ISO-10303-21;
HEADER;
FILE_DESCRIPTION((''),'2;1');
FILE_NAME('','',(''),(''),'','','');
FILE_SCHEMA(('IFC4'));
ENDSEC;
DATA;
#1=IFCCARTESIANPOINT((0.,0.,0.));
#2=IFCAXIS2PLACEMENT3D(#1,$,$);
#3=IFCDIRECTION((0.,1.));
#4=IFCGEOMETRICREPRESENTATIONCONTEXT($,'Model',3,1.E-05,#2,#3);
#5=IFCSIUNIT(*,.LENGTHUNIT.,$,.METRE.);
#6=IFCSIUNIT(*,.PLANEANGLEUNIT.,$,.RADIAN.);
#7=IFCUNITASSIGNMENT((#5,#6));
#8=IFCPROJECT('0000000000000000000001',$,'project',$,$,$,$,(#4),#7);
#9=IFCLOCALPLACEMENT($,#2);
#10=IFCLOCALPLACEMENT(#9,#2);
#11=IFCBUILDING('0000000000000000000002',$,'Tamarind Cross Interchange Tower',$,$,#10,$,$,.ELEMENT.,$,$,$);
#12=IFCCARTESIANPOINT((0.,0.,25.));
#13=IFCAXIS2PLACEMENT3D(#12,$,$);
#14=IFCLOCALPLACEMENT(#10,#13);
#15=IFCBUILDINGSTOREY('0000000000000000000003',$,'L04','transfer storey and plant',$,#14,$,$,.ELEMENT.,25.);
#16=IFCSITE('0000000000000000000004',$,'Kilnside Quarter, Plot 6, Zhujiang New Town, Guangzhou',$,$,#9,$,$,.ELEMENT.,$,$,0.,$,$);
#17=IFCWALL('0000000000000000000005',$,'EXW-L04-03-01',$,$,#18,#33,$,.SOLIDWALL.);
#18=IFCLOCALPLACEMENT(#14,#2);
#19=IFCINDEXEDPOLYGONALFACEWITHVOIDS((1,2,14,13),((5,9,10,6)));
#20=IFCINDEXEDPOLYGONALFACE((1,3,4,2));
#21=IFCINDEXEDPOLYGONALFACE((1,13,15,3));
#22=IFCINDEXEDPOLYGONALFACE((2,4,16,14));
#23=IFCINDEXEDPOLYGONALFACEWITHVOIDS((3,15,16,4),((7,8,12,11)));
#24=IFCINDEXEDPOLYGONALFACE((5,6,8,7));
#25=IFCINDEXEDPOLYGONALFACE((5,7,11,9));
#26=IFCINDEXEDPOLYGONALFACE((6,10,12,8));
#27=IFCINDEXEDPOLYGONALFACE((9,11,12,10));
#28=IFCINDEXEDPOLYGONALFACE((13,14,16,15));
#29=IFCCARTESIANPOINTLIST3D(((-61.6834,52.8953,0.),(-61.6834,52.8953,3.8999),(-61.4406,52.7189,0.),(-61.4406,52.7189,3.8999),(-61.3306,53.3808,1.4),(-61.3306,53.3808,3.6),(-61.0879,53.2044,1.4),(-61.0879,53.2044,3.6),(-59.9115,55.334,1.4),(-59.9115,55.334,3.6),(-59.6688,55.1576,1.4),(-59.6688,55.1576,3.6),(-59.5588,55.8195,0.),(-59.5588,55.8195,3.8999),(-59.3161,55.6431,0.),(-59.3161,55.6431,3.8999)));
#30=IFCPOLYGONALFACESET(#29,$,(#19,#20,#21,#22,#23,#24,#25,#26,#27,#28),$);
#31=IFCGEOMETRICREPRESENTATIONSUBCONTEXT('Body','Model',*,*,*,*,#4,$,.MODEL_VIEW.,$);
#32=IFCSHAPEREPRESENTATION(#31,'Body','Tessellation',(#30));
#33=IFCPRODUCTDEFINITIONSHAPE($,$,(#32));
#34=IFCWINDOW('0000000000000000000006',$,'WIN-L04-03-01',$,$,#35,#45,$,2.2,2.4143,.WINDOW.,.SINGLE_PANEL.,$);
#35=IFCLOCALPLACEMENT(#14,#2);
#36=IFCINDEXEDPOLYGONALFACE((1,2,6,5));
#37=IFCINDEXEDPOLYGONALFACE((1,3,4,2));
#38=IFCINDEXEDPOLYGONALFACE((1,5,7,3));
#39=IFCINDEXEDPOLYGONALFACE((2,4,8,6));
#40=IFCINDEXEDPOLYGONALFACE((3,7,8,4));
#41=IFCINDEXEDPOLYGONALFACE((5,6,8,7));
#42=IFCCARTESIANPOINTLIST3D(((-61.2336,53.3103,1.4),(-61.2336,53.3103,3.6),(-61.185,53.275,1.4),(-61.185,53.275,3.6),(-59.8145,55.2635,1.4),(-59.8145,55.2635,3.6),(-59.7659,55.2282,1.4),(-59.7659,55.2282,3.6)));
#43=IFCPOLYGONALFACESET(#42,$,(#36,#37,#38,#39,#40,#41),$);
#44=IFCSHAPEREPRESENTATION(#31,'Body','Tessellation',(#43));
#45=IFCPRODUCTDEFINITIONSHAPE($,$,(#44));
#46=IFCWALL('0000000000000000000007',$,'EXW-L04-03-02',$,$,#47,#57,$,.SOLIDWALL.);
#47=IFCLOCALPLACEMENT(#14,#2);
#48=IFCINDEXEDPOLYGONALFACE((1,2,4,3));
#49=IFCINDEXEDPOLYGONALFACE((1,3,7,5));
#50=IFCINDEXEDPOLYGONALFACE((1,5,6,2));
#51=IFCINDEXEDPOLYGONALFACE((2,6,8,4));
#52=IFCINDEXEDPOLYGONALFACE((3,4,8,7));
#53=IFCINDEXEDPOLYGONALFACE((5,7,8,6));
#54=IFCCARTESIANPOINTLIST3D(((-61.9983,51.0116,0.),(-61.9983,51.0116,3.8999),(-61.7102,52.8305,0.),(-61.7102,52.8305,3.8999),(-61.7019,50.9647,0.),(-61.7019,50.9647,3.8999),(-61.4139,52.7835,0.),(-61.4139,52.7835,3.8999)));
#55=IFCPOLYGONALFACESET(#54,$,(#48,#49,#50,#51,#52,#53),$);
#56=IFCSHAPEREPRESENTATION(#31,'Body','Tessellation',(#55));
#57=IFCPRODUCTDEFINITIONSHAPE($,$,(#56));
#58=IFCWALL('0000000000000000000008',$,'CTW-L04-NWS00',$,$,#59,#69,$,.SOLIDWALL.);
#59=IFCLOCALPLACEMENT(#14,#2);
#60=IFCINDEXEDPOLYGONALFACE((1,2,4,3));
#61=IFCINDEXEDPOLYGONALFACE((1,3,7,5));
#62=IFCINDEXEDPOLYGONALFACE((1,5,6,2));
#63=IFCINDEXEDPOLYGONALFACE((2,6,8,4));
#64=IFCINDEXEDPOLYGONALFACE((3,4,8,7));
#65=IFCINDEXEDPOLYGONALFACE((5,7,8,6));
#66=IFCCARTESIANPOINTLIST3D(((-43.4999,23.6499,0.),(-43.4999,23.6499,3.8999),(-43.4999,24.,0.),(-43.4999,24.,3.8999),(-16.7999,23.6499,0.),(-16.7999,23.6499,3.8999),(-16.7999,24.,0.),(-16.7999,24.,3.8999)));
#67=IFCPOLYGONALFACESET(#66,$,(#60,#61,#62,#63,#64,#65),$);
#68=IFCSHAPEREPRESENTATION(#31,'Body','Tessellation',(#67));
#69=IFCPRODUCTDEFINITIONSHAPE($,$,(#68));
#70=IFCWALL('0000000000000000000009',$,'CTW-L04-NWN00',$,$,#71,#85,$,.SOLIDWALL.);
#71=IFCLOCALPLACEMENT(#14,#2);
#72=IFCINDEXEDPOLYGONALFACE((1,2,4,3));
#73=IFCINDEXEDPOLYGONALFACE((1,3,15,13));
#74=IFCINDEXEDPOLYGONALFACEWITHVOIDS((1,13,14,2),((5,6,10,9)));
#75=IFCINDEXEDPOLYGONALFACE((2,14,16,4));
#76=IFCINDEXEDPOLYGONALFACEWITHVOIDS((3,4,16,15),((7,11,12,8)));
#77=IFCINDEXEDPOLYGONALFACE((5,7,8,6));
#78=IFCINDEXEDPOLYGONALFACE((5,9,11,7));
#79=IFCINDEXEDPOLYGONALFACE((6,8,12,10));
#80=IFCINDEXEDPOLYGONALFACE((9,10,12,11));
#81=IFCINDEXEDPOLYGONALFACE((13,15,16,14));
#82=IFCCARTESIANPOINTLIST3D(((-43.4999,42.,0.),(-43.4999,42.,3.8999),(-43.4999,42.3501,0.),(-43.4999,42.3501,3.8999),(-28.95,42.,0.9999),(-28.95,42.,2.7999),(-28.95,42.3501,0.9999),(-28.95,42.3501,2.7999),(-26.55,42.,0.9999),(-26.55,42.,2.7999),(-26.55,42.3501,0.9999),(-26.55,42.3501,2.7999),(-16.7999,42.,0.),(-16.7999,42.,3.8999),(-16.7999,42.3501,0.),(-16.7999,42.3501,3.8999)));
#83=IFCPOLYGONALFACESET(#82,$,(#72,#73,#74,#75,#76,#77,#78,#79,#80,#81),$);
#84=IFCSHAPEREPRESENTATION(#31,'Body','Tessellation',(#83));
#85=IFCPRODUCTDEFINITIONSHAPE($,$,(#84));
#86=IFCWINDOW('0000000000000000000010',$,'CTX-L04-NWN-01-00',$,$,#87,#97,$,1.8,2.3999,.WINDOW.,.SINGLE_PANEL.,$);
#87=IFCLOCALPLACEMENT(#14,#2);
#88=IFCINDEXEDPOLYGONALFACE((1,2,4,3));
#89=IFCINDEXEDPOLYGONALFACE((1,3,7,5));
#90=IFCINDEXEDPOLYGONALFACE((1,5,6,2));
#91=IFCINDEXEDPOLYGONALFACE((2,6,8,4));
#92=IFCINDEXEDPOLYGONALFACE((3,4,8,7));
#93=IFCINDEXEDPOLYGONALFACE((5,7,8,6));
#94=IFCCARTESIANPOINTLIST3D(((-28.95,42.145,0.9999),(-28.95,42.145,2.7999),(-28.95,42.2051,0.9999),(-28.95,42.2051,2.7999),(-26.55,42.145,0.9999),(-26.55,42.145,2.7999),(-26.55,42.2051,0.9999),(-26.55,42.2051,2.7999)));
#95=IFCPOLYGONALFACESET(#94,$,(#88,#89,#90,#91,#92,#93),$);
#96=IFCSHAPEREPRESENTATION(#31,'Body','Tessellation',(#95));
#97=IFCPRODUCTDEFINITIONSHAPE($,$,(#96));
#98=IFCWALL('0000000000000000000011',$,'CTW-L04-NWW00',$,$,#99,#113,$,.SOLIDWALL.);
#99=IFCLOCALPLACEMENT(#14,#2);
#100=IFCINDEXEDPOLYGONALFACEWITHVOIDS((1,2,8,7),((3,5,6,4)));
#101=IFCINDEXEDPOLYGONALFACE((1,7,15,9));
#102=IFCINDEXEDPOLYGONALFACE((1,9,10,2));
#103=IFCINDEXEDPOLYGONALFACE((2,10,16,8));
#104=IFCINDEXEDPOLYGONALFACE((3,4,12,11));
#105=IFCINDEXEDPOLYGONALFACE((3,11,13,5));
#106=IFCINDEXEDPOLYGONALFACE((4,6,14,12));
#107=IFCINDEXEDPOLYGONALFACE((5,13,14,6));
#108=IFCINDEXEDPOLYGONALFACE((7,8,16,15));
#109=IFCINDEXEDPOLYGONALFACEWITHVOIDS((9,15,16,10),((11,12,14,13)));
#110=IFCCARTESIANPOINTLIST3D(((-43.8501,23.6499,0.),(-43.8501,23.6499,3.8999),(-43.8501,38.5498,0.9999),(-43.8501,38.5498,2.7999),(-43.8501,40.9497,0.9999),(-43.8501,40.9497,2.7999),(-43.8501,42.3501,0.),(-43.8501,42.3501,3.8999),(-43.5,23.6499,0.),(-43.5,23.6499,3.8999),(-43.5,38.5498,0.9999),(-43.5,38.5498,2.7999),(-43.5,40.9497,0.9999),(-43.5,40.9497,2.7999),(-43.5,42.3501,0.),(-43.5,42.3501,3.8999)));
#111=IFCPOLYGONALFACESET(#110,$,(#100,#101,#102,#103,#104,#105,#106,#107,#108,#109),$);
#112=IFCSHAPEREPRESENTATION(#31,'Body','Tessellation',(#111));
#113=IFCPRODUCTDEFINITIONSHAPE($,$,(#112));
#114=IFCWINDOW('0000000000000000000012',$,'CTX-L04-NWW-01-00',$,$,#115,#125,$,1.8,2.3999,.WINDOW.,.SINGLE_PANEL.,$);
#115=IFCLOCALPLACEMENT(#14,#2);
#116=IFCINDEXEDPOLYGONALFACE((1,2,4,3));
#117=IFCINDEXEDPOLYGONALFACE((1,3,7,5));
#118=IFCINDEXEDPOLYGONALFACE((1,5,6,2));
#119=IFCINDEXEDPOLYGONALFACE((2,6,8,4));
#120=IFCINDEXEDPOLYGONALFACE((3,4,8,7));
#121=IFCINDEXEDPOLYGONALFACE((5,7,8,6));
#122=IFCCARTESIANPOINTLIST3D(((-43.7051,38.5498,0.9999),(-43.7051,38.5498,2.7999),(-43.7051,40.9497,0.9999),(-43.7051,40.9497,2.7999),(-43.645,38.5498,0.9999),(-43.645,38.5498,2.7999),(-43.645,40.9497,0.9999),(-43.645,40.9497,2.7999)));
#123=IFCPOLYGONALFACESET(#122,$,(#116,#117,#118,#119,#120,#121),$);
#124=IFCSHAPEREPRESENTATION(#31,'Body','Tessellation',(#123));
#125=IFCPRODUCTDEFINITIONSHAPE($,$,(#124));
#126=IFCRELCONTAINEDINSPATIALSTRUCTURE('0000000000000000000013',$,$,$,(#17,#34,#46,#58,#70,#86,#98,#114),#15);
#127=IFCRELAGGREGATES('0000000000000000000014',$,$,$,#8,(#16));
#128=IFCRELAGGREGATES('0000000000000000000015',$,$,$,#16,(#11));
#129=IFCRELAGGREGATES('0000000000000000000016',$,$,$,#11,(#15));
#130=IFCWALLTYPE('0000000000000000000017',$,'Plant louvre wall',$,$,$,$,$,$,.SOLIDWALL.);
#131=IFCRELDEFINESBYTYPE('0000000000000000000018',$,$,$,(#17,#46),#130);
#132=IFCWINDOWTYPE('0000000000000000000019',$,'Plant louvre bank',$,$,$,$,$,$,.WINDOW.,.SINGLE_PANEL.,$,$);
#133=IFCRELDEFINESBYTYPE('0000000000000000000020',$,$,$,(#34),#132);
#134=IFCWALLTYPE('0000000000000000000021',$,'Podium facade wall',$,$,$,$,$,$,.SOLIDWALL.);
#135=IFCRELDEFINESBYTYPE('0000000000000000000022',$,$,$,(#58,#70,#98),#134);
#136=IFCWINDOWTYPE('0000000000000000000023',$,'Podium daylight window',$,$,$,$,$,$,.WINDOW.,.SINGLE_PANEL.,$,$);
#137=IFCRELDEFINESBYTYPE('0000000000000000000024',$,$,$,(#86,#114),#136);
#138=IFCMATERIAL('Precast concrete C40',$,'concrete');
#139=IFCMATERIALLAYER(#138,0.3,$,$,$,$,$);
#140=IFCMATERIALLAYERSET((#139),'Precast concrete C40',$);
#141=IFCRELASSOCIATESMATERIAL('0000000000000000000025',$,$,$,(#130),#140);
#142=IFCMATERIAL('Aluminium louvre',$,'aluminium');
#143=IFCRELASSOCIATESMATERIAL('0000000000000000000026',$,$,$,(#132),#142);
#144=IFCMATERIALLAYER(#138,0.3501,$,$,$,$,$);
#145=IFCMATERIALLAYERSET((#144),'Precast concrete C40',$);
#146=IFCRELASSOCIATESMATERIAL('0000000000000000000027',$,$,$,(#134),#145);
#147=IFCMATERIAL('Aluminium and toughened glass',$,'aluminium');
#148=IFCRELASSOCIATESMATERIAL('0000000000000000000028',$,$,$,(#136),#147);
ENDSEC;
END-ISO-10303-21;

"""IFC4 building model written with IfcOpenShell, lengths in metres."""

from ifc_helpers import new_model, si_unit, direction, frame, frame_2d, origin, place, context, subcontext, project, spatial, rectangle, extrude, material, layer, layer_set, type_object, element, fill, save


model = new_model("IFC4")

# Units and contexts
model_context = context("Model", 3, precision=1e-05, world=origin(), true_north=direction((0.0, 1.0)))
body_context = subcontext(model_context, "Body", "Model", "MODEL_VIEW")
ifc_project = project(units=[si_unit("LENGTHUNIT", "METRE"), si_unit("PLANEANGLEUNIT", "RADIAN")], contexts=[model_context])

# Site, building, storey
site_placement = place(None, origin())
site = spatial("IfcSite", under=ifc_project, at=site_placement, Name="Kilnside Quarter, Plot 6, Zhujiang New Town, Guangzhou", CompositionType="ELEMENT", RefElevation=0.0)
building_placement = place(site_placement, origin())
building = spatial("IfcBuilding", under=site, at=building_placement, Name="Tamarind Cross Interchange Tower", CompositionType="ELEMENT")
storey_placement = place(building_placement, frame((0.0, 0.0, 25.0)))
storey = spatial("IfcBuildingStorey", under=building, at=storey_placement, Name="L04", Description="transfer storey and plant", CompositionType="ELEMENT", Elevation=25.0)

# Shared definitions
ifc_material_1 = material(Name="Precast concrete C40", Category="concrete")
ifc_layer_1 = layer(ifc_material_1, 0.3)
ifc_layer_set_1 = layer_set([ifc_layer_1], Name="Precast concrete C40")
wall_type_1 = type_object("IfcWallType", Name="Plant louvre wall", PredefinedType="SOLIDWALL", material=ifc_layer_set_1)

# Wall, opening, window
wall_1_placement = place(storey_placement, frame((-59.4375, 55.7312, 0.0), z_axis=(0.0, 0.0, 1.0), x_axis=(-0.587794, -0.809011, 0.0)))
wall_1 = element("IfcWall", 1, at=wall_1_placement, inside=storey, type_object=wall_type_1, Name="EXW-L04-03-01", PredefinedType="SOLIDWALL", context=body_context, shape_type="SweptSolid", body=[
    extrude(rectangle(XDim=3.6145, YDim=0.3, at=frame_2d((1.8071, 0.0))), origin(), (0.0, 0.0, 1.0), 3.8999),
])
opening_1_placement = place(wall_1_placement, frame((0.6001, 0.0, 1.3999)))
opening_1 = element("IfcOpeningElement", 2, at=opening_1_placement, cuts=wall_1, PredefinedType="OPENING", context=body_context, shape_type="SweptSolid", body=[
    extrude(rectangle(XDim=2.4143, YDim=2.2, at=frame_2d((1.207, 1.1001))), frame((0.0, 0.1599, 0.0), z_axis=(0.0, -1.0, 0.0), x_axis=(1.0, 0.0, 0.0)), (0.0, 0.0, 1.0), 0.3201),
])
ifc_material_2 = material(Name="Aluminium louvre", Category="aluminium")
window_type_1 = type_object("IfcWindowType", Name="Plant louvre bank", PartitioningType="SINGLE_PANEL", PredefinedType="WINDOW", material=ifc_material_2)
window_1_placement = place(opening_1_placement, origin())
window_1 = element("IfcWindow", 3, at=window_1_placement, inside=storey, type_object=window_type_1, Name="WIN-L04-03-01", OverallHeight=2.2, OverallWidth=2.4143, PartitioningType="SINGLE_PANEL", PredefinedType="WINDOW", context=body_context, shape_type="SweptSolid", body=[
    extrude(rectangle(XDim=2.4143, YDim=2.2, at=frame_2d((1.207, 1.1001))), frame((0.0, 0.03, 0.0), z_axis=(0.0, -1.0, 0.0), x_axis=(1.0, 0.0, 0.0)), (0.0, 0.0, 1.0), 0.0601),
])
fill(opening_1, window_1)

# Wall
wall_2_placement = place(storey_placement, frame((-61.562, 52.8071, 0.0), z_axis=(0.0, 0.0, 1.0), x_axis=(-0.156439, -0.987688, 0.0)))
element("IfcWall", 4, at=wall_2_placement, inside=storey, type_object=wall_type_1, Name="EXW-L04-03-02", PredefinedType="SOLIDWALL", context=body_context, shape_type="SweptSolid", body=[
    extrude(rectangle(XDim=1.8416, YDim=0.3, at=frame_2d((0.9209, 0.0))), origin(), (0.0, 0.0, 1.0), 3.8999),
])

# Wall
ifc_layer_2 = layer(ifc_material_1, 0.3501)
ifc_layer_set_2 = layer_set([ifc_layer_2], Name="Precast concrete C40")
wall_type_2 = type_object("IfcWallType", Name="Podium facade wall", PredefinedType="SOLIDWALL", material=ifc_layer_set_2)
wall_3_placement = place(storey_placement, frame((-43.5, 23.825, 0.0), z_axis=(0.0, 0.0, 1.0), x_axis=(1.0, 0.0, 0.0)))
element("IfcWall", 5, at=wall_3_placement, inside=storey, type_object=wall_type_2, Name="CTW-L04-NWS00", PredefinedType="SOLIDWALL", context=body_context, shape_type="SweptSolid", body=[
    extrude(rectangle(XDim=26.7, YDim=0.3501, at=frame_2d((13.3501, 0.0))), origin(), (0.0, 0.0, 1.0), 3.8999),
])

# Walls, openings, windows
wall_4_placement = place(storey_placement, frame((-43.5, 42.175, 0.0), z_axis=(0.0, 0.0, 1.0), x_axis=(1.0, 0.0, 0.0)))
wall_4 = element("IfcWall", 6, at=wall_4_placement, inside=storey, type_object=wall_type_2, Name="CTW-L04-NWN00", PredefinedType="SOLIDWALL", context=body_context, shape_type="SweptSolid", body=[
    extrude(rectangle(XDim=26.7, YDim=0.3501, at=frame_2d((13.3501, 0.0))), origin(), (0.0, 0.0, 1.0), 3.8999),
])
opening_2_placement = place(wall_4_placement, frame((14.55, 0.0, 1.0)))
opening_2 = element("IfcOpeningElement", 7, at=opening_2_placement, cuts=wall_4, PredefinedType="OPENING", context=body_context, shape_type="SweptSolid", body=[
    extrude(rectangle(XDim=2.3999, YDim=1.8, at=frame_2d((1.2, 0.8999))), frame((0.0, 0.1851, 0.0), z_axis=(0.0, -1.0, 0.0), x_axis=(1.0, 0.0, 0.0)), (0.0, 0.0, 1.0), 0.3701),
])
ifc_material_3 = material(Name="Aluminium and toughened glass", Category="aluminium")
window_type_2 = type_object("IfcWindowType", Name="Podium daylight window", PartitioningType="SINGLE_PANEL", PredefinedType="WINDOW", material=ifc_material_3)
window_2_placement = place(opening_2_placement, origin())
window_2 = element("IfcWindow", 8, at=window_2_placement, inside=storey, type_object=window_type_2, Name="CTX-L04-NWN-01-00", OverallHeight=1.8, OverallWidth=2.3999, PartitioningType="SINGLE_PANEL", PredefinedType="WINDOW", context=body_context, shape_type="SweptSolid", body=[
    extrude(rectangle(XDim=2.3999, YDim=1.8, at=frame_2d((1.2, 0.8999))), frame((0.0, 0.03, 0.0), z_axis=(0.0, -1.0, 0.0), x_axis=(1.0, 0.0, 0.0)), (0.0, 0.0, 1.0), 0.0601),
])
fill(opening_2, window_2)
wall_5_placement = place(storey_placement, frame((-43.675, 23.6499, 0.0), z_axis=(0.0, 0.0, 1.0), x_axis=(0.0, 1.0, 0.0)))
wall_5 = element("IfcWall", 9, at=wall_5_placement, inside=storey, type_object=wall_type_2, Name="CTW-L04-NWW00", PredefinedType="SOLIDWALL", context=body_context, shape_type="SweptSolid", body=[
    extrude(rectangle(XDim=18.7002, YDim=0.3501, at=frame_2d((9.3501, 0.0))), origin(), (0.0, 0.0, 1.0), 3.8999),
])
opening_3_placement = place(wall_5_placement, frame((14.8999, 0.0, 1.0)))
opening_3 = element("IfcOpeningElement", 10, at=opening_3_placement, cuts=wall_5, PredefinedType="OPENING", context=body_context, shape_type="SweptSolid", body=[
    extrude(rectangle(XDim=2.3999, YDim=1.8, at=frame_2d((1.2, 0.8999))), frame((0.0, 0.1851, 0.0), z_axis=(0.0, -1.0, 0.0), x_axis=(1.0, 0.0, 0.0)), (0.0, 0.0, 1.0), 0.3701),
])
window_3_placement = place(opening_3_placement, origin())
window_3 = element("IfcWindow", 11, at=window_3_placement, inside=storey, type_object=window_type_2, Name="CTX-L04-NWW-01-00", OverallHeight=1.8, OverallWidth=2.3999, PartitioningType="SINGLE_PANEL", PredefinedType="WINDOW", context=body_context, shape_type="SweptSolid", body=[
    extrude(rectangle(XDim=2.3999, YDim=1.8, at=frame_2d((1.2, 0.8999))), frame((0.0, 0.03, 0.0), z_axis=(0.0, -1.0, 0.0), x_axis=(1.0, 0.0, 0.0)), (0.0, 0.0, 1.0), 0.0601),
])
fill(opening_3, window_3)

save(model, "model.ifc")
